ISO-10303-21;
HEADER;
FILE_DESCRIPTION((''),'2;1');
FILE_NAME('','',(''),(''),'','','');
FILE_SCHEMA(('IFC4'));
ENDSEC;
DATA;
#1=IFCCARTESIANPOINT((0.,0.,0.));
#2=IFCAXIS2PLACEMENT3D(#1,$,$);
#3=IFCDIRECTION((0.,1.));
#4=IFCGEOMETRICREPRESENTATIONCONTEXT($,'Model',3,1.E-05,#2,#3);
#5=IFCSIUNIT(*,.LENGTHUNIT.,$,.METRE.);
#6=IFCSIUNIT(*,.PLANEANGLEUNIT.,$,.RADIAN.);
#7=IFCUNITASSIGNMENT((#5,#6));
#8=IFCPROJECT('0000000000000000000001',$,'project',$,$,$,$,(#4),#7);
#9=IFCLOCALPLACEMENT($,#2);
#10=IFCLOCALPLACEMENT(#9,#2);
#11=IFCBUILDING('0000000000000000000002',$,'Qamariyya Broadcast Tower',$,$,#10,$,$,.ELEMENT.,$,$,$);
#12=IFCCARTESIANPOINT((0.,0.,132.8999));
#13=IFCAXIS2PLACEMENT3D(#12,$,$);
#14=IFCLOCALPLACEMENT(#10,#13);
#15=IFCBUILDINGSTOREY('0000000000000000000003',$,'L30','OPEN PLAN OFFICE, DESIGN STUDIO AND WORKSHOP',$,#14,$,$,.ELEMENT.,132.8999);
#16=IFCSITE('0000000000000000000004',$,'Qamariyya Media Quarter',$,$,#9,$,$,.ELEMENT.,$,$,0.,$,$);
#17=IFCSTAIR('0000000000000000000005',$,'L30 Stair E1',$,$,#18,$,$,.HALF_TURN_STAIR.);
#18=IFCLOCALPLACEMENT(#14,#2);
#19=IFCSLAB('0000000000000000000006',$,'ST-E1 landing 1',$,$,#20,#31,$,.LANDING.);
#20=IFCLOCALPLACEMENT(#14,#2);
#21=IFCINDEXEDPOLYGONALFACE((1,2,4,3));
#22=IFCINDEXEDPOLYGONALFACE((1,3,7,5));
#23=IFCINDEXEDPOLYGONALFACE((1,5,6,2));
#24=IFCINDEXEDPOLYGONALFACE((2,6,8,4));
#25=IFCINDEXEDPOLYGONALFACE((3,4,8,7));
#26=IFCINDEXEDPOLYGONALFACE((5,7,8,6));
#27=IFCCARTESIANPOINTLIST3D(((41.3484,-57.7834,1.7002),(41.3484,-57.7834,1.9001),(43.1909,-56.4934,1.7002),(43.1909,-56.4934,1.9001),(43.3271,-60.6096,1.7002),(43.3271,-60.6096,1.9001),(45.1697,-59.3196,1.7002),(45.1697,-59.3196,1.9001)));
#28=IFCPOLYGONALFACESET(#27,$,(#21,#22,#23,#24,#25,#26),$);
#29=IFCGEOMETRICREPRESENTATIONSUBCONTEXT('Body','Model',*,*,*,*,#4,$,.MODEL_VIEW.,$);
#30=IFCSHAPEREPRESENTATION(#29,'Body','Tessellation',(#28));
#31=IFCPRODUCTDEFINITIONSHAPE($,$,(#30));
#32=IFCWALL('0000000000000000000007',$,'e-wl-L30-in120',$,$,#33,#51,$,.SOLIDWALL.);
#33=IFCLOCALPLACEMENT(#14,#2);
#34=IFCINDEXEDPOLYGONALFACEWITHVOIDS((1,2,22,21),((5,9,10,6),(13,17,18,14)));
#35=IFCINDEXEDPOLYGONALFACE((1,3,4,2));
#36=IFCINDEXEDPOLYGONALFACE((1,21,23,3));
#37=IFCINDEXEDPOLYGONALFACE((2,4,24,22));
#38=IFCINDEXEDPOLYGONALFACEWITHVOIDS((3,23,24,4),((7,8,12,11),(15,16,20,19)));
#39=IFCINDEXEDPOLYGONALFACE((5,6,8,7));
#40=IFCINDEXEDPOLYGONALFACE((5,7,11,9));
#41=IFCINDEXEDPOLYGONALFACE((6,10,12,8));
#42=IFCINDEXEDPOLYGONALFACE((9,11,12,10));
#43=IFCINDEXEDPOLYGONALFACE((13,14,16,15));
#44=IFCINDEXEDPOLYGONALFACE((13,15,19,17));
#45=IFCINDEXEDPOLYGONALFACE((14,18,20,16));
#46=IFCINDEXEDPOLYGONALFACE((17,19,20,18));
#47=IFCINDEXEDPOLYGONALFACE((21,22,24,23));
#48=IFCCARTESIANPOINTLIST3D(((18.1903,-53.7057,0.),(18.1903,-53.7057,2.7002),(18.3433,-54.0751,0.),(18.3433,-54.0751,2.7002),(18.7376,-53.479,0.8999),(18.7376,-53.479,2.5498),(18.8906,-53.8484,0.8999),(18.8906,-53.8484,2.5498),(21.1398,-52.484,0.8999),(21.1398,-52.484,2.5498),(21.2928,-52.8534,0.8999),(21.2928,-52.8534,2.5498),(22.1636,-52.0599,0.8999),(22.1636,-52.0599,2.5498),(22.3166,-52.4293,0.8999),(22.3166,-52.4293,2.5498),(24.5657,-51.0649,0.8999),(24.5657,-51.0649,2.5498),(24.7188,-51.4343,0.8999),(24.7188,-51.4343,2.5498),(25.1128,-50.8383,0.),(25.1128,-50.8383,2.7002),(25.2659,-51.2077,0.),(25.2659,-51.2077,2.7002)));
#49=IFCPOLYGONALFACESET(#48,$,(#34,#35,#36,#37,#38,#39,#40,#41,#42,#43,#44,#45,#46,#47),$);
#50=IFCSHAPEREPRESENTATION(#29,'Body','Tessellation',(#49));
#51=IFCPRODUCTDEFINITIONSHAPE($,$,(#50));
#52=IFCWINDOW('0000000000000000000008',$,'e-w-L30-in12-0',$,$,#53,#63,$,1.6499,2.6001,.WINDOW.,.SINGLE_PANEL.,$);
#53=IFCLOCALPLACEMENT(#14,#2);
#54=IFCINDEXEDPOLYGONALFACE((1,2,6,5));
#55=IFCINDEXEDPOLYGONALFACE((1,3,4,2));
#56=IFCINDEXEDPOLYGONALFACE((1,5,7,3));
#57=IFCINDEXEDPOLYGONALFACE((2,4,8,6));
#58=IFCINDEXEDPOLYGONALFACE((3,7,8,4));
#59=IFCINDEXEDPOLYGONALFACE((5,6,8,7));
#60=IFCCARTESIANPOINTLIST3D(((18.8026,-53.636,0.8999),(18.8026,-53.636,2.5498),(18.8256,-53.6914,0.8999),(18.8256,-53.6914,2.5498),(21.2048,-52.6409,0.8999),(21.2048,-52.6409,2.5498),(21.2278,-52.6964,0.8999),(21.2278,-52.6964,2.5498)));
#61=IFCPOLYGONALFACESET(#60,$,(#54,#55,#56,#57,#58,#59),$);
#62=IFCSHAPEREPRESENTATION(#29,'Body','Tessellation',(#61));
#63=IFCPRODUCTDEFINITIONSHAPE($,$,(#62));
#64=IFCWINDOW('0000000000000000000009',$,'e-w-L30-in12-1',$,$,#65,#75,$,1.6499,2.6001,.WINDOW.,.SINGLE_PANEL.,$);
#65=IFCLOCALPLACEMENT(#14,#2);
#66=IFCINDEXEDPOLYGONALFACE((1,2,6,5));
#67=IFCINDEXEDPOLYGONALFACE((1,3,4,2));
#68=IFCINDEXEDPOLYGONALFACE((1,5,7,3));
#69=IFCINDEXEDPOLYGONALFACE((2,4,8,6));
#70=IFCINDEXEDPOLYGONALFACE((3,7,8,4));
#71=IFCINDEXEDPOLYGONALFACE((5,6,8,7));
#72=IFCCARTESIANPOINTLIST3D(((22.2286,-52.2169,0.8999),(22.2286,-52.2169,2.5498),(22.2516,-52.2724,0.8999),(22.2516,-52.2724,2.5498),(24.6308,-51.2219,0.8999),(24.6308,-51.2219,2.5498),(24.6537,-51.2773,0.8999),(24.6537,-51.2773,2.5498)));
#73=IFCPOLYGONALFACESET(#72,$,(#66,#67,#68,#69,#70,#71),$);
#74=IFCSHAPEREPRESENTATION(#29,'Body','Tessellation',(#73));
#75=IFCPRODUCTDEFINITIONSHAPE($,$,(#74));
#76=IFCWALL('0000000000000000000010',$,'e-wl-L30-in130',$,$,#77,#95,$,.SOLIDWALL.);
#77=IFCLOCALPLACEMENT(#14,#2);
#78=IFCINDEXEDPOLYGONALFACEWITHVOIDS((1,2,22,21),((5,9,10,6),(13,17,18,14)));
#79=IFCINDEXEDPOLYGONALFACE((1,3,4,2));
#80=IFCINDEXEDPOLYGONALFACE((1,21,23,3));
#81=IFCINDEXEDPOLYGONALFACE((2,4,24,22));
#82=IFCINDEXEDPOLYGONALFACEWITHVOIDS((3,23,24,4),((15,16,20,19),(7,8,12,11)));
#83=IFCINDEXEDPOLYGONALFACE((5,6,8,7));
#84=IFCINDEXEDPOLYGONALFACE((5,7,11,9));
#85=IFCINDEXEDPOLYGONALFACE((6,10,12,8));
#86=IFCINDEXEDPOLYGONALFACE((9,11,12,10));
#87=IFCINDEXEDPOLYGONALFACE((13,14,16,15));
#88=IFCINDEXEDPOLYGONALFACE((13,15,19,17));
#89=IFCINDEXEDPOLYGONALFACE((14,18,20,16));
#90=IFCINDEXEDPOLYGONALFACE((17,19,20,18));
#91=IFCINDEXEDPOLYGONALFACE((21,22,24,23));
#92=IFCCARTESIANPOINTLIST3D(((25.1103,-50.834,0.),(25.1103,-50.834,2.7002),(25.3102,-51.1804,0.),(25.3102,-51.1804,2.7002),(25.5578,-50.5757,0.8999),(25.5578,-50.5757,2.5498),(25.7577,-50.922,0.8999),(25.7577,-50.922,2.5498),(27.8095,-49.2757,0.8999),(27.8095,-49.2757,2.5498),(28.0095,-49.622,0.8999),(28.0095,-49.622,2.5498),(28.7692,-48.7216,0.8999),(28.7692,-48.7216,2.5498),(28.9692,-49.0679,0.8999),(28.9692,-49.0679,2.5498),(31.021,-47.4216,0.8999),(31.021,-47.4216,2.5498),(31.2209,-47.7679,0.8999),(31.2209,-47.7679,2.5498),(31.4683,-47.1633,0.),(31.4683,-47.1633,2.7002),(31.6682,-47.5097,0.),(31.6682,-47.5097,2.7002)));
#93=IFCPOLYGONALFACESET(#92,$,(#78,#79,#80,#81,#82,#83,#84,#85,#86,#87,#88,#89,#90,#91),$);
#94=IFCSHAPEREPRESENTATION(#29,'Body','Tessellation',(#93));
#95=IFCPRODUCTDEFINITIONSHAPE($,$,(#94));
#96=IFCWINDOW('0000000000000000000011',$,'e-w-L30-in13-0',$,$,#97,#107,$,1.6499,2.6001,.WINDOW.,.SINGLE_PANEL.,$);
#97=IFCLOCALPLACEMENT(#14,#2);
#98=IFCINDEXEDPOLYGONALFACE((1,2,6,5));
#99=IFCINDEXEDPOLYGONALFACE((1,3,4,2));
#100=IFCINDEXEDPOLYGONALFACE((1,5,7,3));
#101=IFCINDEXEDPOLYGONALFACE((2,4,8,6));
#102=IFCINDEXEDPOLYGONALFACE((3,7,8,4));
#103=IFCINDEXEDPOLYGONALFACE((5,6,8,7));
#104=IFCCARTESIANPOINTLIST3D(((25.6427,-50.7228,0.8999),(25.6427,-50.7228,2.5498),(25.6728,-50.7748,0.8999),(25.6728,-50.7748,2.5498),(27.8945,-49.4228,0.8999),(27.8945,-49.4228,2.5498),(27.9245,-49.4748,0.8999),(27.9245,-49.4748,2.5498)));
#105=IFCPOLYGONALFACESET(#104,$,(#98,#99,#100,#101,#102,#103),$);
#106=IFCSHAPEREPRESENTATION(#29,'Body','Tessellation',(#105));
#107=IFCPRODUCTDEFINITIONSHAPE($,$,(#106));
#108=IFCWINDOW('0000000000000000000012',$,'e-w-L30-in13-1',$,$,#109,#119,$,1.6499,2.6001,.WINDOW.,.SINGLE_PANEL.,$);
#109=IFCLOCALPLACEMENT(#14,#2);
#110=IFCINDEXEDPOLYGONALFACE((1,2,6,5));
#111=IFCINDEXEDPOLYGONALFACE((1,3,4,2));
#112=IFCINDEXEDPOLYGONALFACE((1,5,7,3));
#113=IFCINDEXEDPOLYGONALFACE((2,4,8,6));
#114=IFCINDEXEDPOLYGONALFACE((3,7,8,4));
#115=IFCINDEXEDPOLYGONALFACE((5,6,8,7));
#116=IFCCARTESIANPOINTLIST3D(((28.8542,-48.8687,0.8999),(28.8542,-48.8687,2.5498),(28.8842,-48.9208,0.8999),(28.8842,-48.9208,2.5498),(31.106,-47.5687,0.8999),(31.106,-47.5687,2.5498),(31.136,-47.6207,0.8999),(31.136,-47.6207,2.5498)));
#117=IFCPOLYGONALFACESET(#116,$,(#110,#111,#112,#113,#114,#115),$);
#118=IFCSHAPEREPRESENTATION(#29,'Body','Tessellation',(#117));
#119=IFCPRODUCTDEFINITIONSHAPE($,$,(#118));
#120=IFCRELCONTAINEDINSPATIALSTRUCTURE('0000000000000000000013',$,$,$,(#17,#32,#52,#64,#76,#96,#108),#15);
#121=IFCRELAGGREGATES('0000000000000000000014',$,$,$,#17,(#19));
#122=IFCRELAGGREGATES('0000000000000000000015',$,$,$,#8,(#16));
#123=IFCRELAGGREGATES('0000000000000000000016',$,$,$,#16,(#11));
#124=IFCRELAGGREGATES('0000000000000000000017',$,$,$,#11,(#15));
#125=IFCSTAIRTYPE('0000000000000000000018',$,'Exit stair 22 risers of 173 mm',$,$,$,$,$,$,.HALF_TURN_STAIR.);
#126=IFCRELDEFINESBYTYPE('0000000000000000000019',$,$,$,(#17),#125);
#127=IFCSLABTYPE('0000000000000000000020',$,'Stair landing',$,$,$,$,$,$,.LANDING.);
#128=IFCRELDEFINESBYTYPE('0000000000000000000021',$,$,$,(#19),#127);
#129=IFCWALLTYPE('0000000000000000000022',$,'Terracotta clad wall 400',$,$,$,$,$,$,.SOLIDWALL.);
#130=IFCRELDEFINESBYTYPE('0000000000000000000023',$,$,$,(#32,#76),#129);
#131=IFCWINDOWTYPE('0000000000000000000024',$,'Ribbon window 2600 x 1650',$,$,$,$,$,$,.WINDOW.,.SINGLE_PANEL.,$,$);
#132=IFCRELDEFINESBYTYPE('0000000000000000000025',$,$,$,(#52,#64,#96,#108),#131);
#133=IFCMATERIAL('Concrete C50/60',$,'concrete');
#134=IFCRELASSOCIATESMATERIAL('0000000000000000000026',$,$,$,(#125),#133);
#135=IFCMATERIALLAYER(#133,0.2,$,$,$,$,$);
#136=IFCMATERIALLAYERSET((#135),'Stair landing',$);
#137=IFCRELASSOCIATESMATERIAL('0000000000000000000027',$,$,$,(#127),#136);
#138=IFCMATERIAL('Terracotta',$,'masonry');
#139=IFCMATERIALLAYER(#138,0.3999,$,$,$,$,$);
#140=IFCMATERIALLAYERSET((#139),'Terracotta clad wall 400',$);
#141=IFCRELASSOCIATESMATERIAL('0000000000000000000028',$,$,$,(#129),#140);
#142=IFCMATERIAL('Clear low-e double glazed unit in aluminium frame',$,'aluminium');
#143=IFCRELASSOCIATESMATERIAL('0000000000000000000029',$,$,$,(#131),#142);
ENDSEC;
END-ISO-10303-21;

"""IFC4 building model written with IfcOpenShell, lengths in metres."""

from ifc_helpers import new_model, si_unit, direction, frame, frame_2d, origin, place, context, subcontext, project, spatial, polyline, rectangle, outline, extrude, material, layer, layer_set, type_object, element, fill, aggregate, save


model = new_model("IFC4")

# Units and contexts
model_context = context("Model", 3, precision=1e-05, world=origin(), true_north=direction((0.0, 1.0)))
body_context = subcontext(model_context, "Body", "Model", "MODEL_VIEW")
ifc_project = project(units=[si_unit("LENGTHUNIT", "METRE"), si_unit("PLANEANGLEUNIT", "RADIAN")], contexts=[model_context])

# Site, building, storey
site_placement = place(None, origin())
site = spatial("IfcSite", under=ifc_project, at=site_placement, Name="Qamariyya Media Quarter", CompositionType="ELEMENT", RefElevation=0.0)
building_placement = place(site_placement, origin())
building = spatial("IfcBuilding", under=site, at=building_placement, Name="Qamariyya Broadcast Tower", CompositionType="ELEMENT")
storey_placement = place(building_placement, frame((0.0, 0.0, 132.8999)))
storey = spatial("IfcBuildingStorey", under=building, at=storey_placement, Name="L30", Description="OPEN PLAN OFFICE, DESIGN STUDIO AND WORKSHOP", CompositionType="ELEMENT", Elevation=132.8999)

# Shared definitions
ifc_material_1 = material(Name="Concrete C50/60", Category="concrete")

# Stair, slab
stair_type = type_object("IfcStairType", Name="Exit stair 22 risers of 173 mm", PredefinedType="HALF_TURN_STAIR", material=ifc_material_1)
ifc_layer_1 = layer(ifc_material_1, 0.2)
ifc_layer_set_1 = layer_set([ifc_layer_1], Name="Stair landing")
slab_type_1 = type_object("IfcSlabType", Name="Stair landing", PredefinedType="LANDING", material=ifc_layer_set_1)
stair_1_placement = place(storey_placement, origin())
stair_1 = element("IfcStair", 1, at=stair_1_placement, inside=storey, type_object=stair_type, Name="L30 Stair E1", PredefinedType="HALF_TURN_STAIR")
slab_1_placement = place(storey_placement, frame((0.0, 0.0, 1.7002)))
slab_1 = element("IfcSlab", 2, at=slab_1_placement, type_object=slab_type_1, Name="ST-E1 landing 1", PredefinedType="LANDING", context=body_context, shape_type="SweptSolid", body=[
    extrude(outline(polyline([(43.1909, -56.4934), (41.3484, -57.7834), (43.3271, -60.6096), (45.1697, -59.3196), (43.1909, -56.4934)])), origin(), (0.0, 0.0, 1.0), 0.2),
])
aggregate(stair_1, [slab_1])

# Walls, openings, windows
ifc_material_2 = material(Name="Terracotta", Category="masonry")
ifc_layer_2 = layer(ifc_material_2, 0.3999)
ifc_layer_set_2 = layer_set([ifc_layer_2], Name="Terracotta clad wall 400")
wall_type = type_object("IfcWallType", Name="Terracotta clad wall 400", PredefinedType="SOLIDWALL", material=ifc_layer_set_2)
wall_1_placement = place(storey_placement, frame((25.1895, -51.0229, 0.0), z_axis=(0.0, 0.0, 1.0), x_axis=(-0.92388, -0.382683, 0.0)))
wall_1 = element("IfcWall", 3, at=wall_1_placement, inside=storey, type_object=wall_type, Name="e-wl-L30-in120", PredefinedType="SOLIDWALL", context=body_context, shape_type="SweptSolid", body=[
    extrude(rectangle(XDim=7.4929, YDim=0.3999, at=frame_2d((3.7466, 0.0))), origin(), (0.0, 0.0, 1.0), 2.7002),
])
opening_1_placement = place(wall_1_placement, frame((4.3005, 0.0, 0.8999)))
opening_1 = element("IfcOpeningElement", 4, at=opening_1_placement, cuts=wall_1, PredefinedType="OPENING", context=body_context, shape_type="SweptSolid", body=[
    extrude(rectangle(XDim=2.6001, YDim=1.6499, at=frame_2d((1.3, 0.825))), frame((0.0, 0.21, 0.0), z_axis=(0.0, -1.0, 0.0), x_axis=(1.0, 0.0, 0.0)), (0.0, 0.0, 1.0), 0.4199),
])
opening_2_placement = place(wall_1_placement, frame((0.5923, 0.0, 0.8999)))
opening_2 = element("IfcOpeningElement", 5, at=opening_2_placement, cuts=wall_1, PredefinedType="OPENING", context=body_context, shape_type="SweptSolid", body=[
    extrude(rectangle(XDim=2.6001, YDim=1.6499, at=frame_2d((1.3, 0.825))), frame((0.0, 0.21, 0.0), z_axis=(0.0, -1.0, 0.0), x_axis=(1.0, 0.0, 0.0)), (0.0, 0.0, 1.0), 0.4199),
])
ifc_material_3 = material(Name="Clear low-e double glazed unit in aluminium frame", Category="aluminium")
window_type = type_object("IfcWindowType", Name="Ribbon window 2600 x 1650", PartitioningType="SINGLE_PANEL", PredefinedType="WINDOW", material=ifc_material_3)
window_1_placement = place(opening_1_placement, origin())
window_1 = element("IfcWindow", 6, at=window_1_placement, inside=storey, type_object=window_type, Name="e-w-L30-in12-0", OverallHeight=1.6499, OverallWidth=2.6001, PartitioningType="SINGLE_PANEL", PredefinedType="WINDOW", context=body_context, shape_type="SweptSolid", body=[
    extrude(rectangle(XDim=2.6001, YDim=1.6499, at=frame_2d((1.3, 0.825))), frame((0.0, 0.03, 0.0), z_axis=(0.0, -1.0, 0.0), x_axis=(1.0, 0.0, 0.0)), (0.0, 0.0, 1.0), 0.0601),
])
fill(opening_1, window_1)
window_2_placement = place(opening_2_placement, origin())
window_2 = element("IfcWindow", 7, at=window_2_placement, inside=storey, type_object=window_type, Name="e-w-L30-in12-1", OverallHeight=1.6499, OverallWidth=2.6001, PartitioningType="SINGLE_PANEL", PredefinedType="WINDOW", context=body_context, shape_type="SweptSolid", body=[
    extrude(rectangle(XDim=2.6001, YDim=1.6499, at=frame_2d((1.3, 0.825))), frame((0.0, 0.03, 0.0), z_axis=(0.0, -1.0, 0.0), x_axis=(1.0, 0.0, 0.0)), (0.0, 0.0, 1.0), 0.0601),
])
fill(opening_2, window_2)
wall_2_placement = place(storey_placement, frame((31.5684, -47.3364, 0.0), z_axis=(0.0, 0.0, 1.0), x_axis=(-0.866031, -0.499991, 0.0)))
wall_2 = element("IfcWall", 8, at=wall_2_placement, inside=storey, type_object=wall_type, Name="e-wl-L30-in130", PredefinedType="SOLIDWALL", context=body_context, shape_type="SweptSolid", body=[
    extrude(rectangle(XDim=7.3416, YDim=0.3999, at=frame_2d((3.6709, 0.0))), origin(), (0.0, 0.0, 1.0), 2.7002),
])
opening_3_placement = place(wall_2_placement, frame((4.2249, 0.0, 0.8999)))
opening_3 = element("IfcOpeningElement", 9, at=opening_3_placement, cuts=wall_2, PredefinedType="OPENING", context=body_context, shape_type="SweptSolid", body=[
    extrude(rectangle(XDim=2.6001, YDim=1.6499, at=frame_2d((1.3, 0.825))), frame((0.0, 0.21, 0.0), z_axis=(0.0, -1.0, 0.0), x_axis=(1.0, 0.0, 0.0)), (0.0, 0.0, 1.0), 0.4199),
])
opening_4_placement = place(wall_2_placement, frame((0.5166, 0.0, 0.8999)))
opening_4 = element("IfcOpeningElement", 10, at=opening_4_placement, cuts=wall_2, PredefinedType="OPENING", context=body_context, shape_type="SweptSolid", body=[
    extrude(rectangle(XDim=2.6001, YDim=1.6499, at=frame_2d((1.3, 0.825))), frame((0.0, 0.21, 0.0), z_axis=(0.0, -1.0, 0.0), x_axis=(1.0, 0.0, 0.0)), (0.0, 0.0, 1.0), 0.4199),
])
window_3_placement = place(opening_3_placement, origin())
window_3 = element("IfcWindow", 11, at=window_3_placement, inside=storey, type_object=window_type, Name="e-w-L30-in13-0", OverallHeight=1.6499, OverallWidth=2.6001, PartitioningType="SINGLE_PANEL", PredefinedType="WINDOW", context=body_context, shape_type="SweptSolid", body=[
    extrude(rectangle(XDim=2.6001, YDim=1.6499, at=frame_2d((1.3, 0.825))), frame((0.0, 0.03, 0.0), z_axis=(0.0, -1.0, 0.0), x_axis=(1.0, 0.0, 0.0)), (0.0, 0.0, 1.0), 0.0601),
])
fill(opening_3, window_3)
window_4_placement = place(opening_4_placement, origin())
window_4 = element("IfcWindow", 12, at=window_4_placement, inside=storey, type_object=window_type, Name="e-w-L30-in13-1", OverallHeight=1.6499, OverallWidth=2.6001, PartitioningType="SINGLE_PANEL", PredefinedType="WINDOW", context=body_context, shape_type="SweptSolid", body=[
    extrude(rectangle(XDim=2.6001, YDim=1.6499, at=frame_2d((1.3, 0.825))), frame((0.0, 0.03, 0.0), z_axis=(0.0, -1.0, 0.0), x_axis=(1.0, 0.0, 0.0)), (0.0, 0.0, 1.0), 0.0601),
])
fill(opening_4, window_4)

save(model, "model.ifc")
